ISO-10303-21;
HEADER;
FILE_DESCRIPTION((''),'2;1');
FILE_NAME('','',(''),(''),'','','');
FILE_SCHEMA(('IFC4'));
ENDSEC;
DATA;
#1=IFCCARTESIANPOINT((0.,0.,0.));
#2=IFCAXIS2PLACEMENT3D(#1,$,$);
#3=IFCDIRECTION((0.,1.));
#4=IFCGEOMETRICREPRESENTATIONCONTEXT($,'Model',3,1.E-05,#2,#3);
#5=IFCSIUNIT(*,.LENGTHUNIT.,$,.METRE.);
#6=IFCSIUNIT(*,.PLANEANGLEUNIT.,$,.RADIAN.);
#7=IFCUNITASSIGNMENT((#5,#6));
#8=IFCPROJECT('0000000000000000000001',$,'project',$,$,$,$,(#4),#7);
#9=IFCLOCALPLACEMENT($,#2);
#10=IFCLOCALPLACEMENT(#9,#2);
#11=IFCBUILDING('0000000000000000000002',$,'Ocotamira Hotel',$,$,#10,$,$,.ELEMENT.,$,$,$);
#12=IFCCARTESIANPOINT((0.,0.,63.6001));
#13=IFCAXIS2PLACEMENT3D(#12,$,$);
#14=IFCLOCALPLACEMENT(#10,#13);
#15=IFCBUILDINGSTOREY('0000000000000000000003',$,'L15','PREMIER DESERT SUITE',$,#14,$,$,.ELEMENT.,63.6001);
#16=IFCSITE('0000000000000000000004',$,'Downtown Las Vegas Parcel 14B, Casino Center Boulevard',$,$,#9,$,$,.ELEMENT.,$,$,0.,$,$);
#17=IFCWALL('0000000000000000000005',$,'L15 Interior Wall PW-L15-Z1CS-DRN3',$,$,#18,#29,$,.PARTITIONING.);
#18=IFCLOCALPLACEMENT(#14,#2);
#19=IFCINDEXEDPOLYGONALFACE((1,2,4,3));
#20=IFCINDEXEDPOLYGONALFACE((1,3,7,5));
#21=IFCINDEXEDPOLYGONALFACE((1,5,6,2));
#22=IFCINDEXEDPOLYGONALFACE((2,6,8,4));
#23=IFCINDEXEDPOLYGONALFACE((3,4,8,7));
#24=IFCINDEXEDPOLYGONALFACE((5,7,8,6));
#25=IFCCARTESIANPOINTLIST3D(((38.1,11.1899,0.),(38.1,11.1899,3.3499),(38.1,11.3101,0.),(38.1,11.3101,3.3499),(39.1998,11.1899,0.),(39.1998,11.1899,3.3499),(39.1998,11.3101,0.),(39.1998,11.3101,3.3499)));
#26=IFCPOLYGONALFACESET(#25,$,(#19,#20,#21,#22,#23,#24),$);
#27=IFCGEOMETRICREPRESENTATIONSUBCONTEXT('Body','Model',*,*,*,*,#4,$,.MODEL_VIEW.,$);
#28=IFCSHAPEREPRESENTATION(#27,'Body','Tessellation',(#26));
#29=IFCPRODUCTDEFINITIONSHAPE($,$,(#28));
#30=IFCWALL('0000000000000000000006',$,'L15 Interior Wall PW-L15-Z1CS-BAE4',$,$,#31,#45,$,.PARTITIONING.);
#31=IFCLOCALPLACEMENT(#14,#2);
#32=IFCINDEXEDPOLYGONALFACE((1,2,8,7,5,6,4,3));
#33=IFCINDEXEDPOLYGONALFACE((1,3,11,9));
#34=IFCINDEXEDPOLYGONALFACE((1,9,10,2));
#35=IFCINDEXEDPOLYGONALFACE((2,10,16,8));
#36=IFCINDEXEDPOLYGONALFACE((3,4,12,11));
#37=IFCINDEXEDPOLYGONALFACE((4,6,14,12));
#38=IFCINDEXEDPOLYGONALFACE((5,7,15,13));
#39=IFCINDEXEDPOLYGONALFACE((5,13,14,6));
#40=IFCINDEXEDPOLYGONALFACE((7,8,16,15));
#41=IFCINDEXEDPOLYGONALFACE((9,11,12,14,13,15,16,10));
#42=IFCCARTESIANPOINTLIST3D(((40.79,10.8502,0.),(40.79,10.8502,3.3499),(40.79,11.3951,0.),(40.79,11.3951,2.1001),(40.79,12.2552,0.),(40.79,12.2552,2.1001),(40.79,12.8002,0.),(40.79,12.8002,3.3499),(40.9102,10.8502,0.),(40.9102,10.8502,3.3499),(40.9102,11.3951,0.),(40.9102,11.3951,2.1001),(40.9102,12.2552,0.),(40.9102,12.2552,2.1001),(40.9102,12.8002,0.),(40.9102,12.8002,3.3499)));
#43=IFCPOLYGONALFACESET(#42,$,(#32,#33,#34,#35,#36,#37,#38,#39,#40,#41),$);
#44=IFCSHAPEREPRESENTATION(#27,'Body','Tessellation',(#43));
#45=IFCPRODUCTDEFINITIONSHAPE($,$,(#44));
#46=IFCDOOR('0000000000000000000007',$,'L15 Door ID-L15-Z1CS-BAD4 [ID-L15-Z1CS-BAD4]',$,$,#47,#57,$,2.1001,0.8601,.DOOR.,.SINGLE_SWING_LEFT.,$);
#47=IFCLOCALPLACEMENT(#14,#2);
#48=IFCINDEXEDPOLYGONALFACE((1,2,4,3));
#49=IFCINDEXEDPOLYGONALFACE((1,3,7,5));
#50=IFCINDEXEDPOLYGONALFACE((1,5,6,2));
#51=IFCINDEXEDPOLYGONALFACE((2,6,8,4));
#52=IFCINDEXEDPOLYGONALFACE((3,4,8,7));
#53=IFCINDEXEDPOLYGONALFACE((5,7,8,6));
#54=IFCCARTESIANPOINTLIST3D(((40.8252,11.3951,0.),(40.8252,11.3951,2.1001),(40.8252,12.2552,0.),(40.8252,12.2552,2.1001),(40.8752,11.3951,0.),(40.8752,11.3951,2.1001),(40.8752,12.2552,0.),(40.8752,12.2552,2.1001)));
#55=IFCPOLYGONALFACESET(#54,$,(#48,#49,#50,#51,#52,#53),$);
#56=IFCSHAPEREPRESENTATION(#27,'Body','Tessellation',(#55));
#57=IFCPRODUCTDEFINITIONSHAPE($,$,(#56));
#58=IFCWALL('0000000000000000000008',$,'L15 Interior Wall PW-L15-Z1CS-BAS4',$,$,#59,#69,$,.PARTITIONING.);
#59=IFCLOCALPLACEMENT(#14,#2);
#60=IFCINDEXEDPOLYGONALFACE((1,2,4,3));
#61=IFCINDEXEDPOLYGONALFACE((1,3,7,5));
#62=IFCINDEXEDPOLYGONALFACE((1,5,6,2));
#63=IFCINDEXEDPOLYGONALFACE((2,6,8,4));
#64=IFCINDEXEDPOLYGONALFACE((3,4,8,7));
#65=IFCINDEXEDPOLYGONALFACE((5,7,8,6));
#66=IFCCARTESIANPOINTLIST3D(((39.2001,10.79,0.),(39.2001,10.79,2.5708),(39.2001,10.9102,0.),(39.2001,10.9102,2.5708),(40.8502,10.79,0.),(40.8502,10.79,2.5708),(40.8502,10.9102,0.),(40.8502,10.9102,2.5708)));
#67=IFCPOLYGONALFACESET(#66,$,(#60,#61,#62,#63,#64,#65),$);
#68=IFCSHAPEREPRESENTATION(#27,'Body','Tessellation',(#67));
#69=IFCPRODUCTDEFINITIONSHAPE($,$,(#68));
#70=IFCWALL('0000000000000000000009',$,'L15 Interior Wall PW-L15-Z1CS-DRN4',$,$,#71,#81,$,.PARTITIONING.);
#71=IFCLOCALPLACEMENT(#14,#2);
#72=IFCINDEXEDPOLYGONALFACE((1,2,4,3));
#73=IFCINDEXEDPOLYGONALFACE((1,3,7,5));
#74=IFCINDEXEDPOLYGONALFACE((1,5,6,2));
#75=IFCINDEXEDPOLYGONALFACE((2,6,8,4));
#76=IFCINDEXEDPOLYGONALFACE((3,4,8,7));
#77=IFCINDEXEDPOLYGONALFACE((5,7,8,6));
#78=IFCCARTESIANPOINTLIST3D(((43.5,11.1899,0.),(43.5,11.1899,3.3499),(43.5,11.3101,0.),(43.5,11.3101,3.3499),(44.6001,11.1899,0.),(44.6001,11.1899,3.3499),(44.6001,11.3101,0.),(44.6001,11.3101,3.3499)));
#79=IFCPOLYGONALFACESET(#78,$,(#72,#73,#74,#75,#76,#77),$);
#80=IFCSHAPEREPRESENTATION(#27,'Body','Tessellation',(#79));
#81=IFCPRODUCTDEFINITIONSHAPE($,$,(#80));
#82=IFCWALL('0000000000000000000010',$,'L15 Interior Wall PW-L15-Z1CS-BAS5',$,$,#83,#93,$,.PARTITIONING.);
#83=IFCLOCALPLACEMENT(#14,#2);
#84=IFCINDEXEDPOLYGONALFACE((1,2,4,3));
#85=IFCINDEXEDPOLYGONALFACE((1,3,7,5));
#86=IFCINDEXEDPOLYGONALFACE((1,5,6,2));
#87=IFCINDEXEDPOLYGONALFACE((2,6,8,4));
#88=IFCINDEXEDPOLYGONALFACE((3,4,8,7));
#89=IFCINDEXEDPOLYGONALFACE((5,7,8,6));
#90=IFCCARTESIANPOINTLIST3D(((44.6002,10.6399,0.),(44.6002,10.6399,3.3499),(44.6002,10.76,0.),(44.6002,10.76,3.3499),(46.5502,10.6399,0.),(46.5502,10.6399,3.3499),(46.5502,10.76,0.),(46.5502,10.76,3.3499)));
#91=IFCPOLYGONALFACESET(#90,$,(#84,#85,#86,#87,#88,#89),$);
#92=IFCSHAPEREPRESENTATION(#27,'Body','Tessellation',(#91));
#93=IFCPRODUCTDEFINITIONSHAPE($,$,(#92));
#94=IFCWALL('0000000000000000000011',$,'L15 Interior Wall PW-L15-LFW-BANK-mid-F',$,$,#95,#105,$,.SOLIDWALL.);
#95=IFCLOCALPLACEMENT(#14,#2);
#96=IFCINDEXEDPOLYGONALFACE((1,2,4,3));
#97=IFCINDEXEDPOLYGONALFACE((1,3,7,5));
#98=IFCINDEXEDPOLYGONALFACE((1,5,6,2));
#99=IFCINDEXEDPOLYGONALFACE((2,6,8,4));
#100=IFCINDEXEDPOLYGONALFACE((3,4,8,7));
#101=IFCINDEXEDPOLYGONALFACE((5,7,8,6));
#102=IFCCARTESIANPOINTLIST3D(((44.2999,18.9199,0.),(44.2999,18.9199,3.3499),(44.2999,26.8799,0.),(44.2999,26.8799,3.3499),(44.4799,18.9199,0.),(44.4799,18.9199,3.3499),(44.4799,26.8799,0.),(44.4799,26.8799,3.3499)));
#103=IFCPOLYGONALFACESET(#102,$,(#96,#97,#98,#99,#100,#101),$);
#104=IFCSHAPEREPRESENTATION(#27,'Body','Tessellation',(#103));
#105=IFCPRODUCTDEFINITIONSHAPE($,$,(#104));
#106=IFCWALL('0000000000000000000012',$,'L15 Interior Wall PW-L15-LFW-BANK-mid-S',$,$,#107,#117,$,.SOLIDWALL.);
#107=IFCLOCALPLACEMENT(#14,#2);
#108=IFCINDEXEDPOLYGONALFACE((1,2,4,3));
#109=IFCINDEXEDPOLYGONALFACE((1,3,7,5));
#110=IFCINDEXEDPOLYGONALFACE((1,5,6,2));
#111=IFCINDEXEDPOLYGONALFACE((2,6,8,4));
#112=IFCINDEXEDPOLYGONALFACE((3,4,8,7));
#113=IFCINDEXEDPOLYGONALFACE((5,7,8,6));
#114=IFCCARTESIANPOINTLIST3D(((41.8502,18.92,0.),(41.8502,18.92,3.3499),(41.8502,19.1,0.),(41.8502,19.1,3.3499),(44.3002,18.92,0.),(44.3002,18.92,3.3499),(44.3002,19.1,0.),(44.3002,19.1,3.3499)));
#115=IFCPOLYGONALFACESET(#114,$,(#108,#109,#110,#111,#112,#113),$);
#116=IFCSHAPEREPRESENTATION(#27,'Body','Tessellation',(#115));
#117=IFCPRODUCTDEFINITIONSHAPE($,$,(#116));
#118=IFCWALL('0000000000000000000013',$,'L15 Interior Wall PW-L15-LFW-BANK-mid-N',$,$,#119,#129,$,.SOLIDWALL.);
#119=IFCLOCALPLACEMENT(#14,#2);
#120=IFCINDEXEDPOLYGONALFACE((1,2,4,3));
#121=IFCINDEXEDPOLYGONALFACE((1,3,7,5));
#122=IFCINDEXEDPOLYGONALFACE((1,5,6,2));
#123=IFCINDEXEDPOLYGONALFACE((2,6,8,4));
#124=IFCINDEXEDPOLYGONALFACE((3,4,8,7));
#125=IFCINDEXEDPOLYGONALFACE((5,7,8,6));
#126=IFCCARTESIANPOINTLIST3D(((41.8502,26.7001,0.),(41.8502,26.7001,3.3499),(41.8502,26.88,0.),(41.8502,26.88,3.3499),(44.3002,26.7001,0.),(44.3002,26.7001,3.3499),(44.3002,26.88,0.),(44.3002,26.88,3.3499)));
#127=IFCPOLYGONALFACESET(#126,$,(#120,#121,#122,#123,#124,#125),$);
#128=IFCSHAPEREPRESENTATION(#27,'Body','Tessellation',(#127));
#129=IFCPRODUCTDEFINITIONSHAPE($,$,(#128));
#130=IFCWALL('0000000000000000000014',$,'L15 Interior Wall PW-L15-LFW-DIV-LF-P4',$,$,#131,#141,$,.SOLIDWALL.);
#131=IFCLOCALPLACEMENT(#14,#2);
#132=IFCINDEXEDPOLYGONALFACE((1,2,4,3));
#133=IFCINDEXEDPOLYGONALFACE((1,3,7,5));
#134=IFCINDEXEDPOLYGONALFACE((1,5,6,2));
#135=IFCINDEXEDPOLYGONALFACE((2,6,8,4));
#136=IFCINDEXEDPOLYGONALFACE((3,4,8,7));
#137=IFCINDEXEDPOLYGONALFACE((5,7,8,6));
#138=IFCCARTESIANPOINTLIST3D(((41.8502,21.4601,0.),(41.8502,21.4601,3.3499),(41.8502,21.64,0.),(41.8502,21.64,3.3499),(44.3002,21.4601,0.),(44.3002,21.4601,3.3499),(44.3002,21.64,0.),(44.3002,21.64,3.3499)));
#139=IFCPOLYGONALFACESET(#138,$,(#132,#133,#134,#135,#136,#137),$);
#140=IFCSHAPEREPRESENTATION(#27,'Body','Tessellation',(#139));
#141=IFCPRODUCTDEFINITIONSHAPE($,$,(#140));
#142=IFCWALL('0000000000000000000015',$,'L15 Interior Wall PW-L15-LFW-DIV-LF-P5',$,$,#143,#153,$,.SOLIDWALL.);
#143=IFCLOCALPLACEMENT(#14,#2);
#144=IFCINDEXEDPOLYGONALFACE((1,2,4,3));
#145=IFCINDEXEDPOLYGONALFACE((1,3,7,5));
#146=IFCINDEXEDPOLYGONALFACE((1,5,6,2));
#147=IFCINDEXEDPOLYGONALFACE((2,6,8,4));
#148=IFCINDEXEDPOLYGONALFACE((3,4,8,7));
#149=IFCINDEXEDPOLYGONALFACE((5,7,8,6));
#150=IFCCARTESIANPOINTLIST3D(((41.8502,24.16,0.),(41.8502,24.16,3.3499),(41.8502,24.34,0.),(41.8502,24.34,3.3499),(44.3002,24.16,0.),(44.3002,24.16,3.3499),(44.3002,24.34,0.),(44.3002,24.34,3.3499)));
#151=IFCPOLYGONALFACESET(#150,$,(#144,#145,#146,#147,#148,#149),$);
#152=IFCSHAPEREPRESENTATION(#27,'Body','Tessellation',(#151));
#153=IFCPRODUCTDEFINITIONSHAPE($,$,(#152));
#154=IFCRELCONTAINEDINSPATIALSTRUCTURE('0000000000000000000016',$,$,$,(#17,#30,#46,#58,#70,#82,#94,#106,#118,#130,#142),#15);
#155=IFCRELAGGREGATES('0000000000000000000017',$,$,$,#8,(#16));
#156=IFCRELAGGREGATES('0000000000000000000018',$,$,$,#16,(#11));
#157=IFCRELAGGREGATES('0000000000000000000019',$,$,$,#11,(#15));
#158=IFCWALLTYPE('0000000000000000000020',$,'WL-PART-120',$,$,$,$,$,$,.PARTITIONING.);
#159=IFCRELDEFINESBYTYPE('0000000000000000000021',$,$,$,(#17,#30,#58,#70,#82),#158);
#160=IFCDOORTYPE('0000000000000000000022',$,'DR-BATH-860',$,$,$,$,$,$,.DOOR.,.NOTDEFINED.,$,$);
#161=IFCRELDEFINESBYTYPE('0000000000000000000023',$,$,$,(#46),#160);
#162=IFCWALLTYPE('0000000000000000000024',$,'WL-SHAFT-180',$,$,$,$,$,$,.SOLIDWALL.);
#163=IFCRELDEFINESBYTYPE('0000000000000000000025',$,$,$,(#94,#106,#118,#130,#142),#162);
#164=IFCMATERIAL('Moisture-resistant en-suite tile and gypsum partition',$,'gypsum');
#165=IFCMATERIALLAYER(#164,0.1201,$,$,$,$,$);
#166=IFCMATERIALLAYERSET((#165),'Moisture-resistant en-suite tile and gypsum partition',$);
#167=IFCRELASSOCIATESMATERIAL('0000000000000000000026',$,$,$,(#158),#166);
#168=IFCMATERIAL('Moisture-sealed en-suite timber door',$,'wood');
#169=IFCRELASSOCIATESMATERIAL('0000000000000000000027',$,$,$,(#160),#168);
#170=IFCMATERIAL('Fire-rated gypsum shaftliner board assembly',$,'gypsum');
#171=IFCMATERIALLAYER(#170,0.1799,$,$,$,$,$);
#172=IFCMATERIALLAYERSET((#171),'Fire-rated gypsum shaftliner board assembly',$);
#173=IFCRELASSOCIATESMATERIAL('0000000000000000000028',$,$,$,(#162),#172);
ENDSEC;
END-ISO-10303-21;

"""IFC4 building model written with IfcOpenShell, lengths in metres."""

from ifc_helpers import new_model, si_unit, direction, frame, frame_2d, origin, place, context, subcontext, project, spatial, rectangle, extrude, source, transform, mapped, material, layer, layer_set, type_object, element, fill, save


model = new_model("IFC4")

# Units and contexts
model_context = context("Model", 3, precision=1e-05, world=origin(), true_north=direction((0.0, 1.0)))
body_context = subcontext(model_context, "Body", "Model", "MODEL_VIEW")
ifc_project = project(units=[si_unit("LENGTHUNIT", "METRE"), si_unit("PLANEANGLEUNIT", "RADIAN")], contexts=[model_context])

# Site, building, storey
site_placement = place(None, origin())
site = spatial("IfcSite", under=ifc_project, at=site_placement, Name="Downtown Las Vegas Parcel 14B, Casino Center Boulevard", CompositionType="ELEMENT", RefElevation=0.0)
building_placement = place(site_placement, origin())
building = spatial("IfcBuilding", under=site, at=building_placement, Name="Ocotamira Hotel", CompositionType="ELEMENT")
storey_placement = place(building_placement, frame((0.0, 0.0, 63.6001)))
storey = spatial("IfcBuildingStorey", under=building, at=storey_placement, Name="L15", Description="PREMIER DESERT SUITE", CompositionType="ELEMENT", Elevation=63.6001)

# Shared definitions
ifc_material_1 = material(Name="Moisture-resistant en-suite tile and gypsum partition", Category="gypsum")
ifc_layer_1 = layer(ifc_material_1, 0.1201)
ifc_layer_set_1 = layer_set([ifc_layer_1], Name="Moisture-resistant en-suite tile and gypsum partition")
wall_type_1 = type_object("IfcWallType", Name="WL-PART-120", PredefinedType="PARTITIONING", material=ifc_layer_set_1)

# Shared definitions
ifc_material_2 = material(Name="Moisture-sealed en-suite timber door", Category="wood")
door_type_1 = type_object("IfcDoorType", Name="DR-BATH-860", OperationType="NOTDEFINED", PredefinedType="DOOR", material=ifc_material_2)
shared_shape_1 = source(origin(), body_context, "Body", "SweptSolid", [
    extrude(rectangle(XDim=0.8601, YDim=2.1001, at=frame_2d((0.4302, 1.05))), frame((0.0, 0.0249, 0.0), z_axis=(0.0, -1.0, 0.0), x_axis=(1.0, 0.0, 0.0)), (0.0, 0.0, 1.0), 0.05),
])

# Wall
wall_1_placement = place(storey_placement, frame((38.1001, 11.25, 0.0), z_axis=(0.0, 0.0, 1.0), x_axis=(1.0, 0.0, 0.0)))
element("IfcWall", 1, at=wall_1_placement, inside=storey, type_object=wall_type_1, Name="L15 Interior Wall PW-L15-Z1CS-DRN3", PredefinedType="PARTITIONING", context=body_context, shape_type="SweptSolid", body=[
    extrude(rectangle(XDim=1.0999, YDim=0.1201, at=frame_2d((0.5498, 0.0))), origin(), (0.0, 0.0, 1.0), 3.3499),
])

# Wall, opening, door
wall_2_placement = place(storey_placement, frame((40.8501, 10.8501, 0.0), z_axis=(0.0, 0.0, 1.0), x_axis=(0.0, 1.0, 0.0)))
wall_2 = element("IfcWall", 2, at=wall_2_placement, inside=storey, type_object=wall_type_1, Name="L15 Interior Wall PW-L15-Z1CS-BAE4", PredefinedType="PARTITIONING", context=body_context, shape_type="SweptSolid", body=[
    extrude(rectangle(XDim=1.95, YDim=0.1201, at=frame_2d((0.9751, 0.0))), origin(), (0.0, 0.0, 1.0), 3.3499),
])
opening_1_placement = place(wall_2_placement, frame((0.5449, 0.0, 0.0)))
opening_1 = element("IfcOpeningElement", 3, at=opening_1_placement, cuts=wall_2, PredefinedType="OPENING", context=body_context, shape_type="SweptSolid", body=[
    extrude(rectangle(XDim=0.8601, YDim=2.1001, at=frame_2d((0.4302, 1.05))), frame((0.0, 0.0701, 0.0), z_axis=(0.0, -1.0, 0.0), x_axis=(1.0, 0.0, 0.0)), (0.0, 0.0, 1.0), 0.1401),
])
door_1_placement = place(opening_1_placement, origin())
door_1 = element("IfcDoor", 4, at=door_1_placement, inside=storey, type_object=door_type_1, Name="L15 Door ID-L15-Z1CS-BAD4 [ID-L15-Z1CS-BAD4]", OperationType="SINGLE_SWING_LEFT", OverallHeight=2.1001, OverallWidth=0.8601, PredefinedType="DOOR", context=body_context, shape_type="MappedRepresentation", body=[
    mapped(shared_shape_1, transform((0.0, 0.0, 0.0), scale=1.0)),
])
fill(opening_1, door_1)

# Walls
wall_3_placement = place(storey_placement, frame((39.2, 10.8501, 0.0), z_axis=(0.0, 0.0, 1.0), x_axis=(1.0, 0.0, 0.0)))
element("IfcWall", 5, at=wall_3_placement, inside=storey, type_object=wall_type_1, Name="L15 Interior Wall PW-L15-Z1CS-BAS4", PredefinedType="PARTITIONING", context=body_context, shape_type="SweptSolid", body=[
    extrude(rectangle(XDim=1.6501, YDim=0.1201, at=frame_2d((0.8252, 0.0))), origin(), (0.0, 0.0, 1.0), 2.5708),
])
wall_4_placement = place(storey_placement, frame((43.5, 11.25, 0.0), z_axis=(0.0, 0.0, 1.0), x_axis=(1.0, 0.0, 0.0)))
element("IfcWall", 6, at=wall_4_placement, inside=storey, type_object=wall_type_1, Name="L15 Interior Wall PW-L15-Z1CS-DRN4", PredefinedType="PARTITIONING", context=body_context, shape_type="SweptSolid", body=[
    extrude(rectangle(XDim=1.1001, YDim=0.1201, at=frame_2d((0.55, 0.0))), origin(), (0.0, 0.0, 1.0), 3.3499),
])
wall_5_placement = place(storey_placement, frame((44.6001, 10.7, 0.0), z_axis=(0.0, 0.0, 1.0), x_axis=(1.0, 0.0, 0.0)))
element("IfcWall", 7, at=wall_5_placement, inside=storey, type_object=wall_type_1, Name="L15 Interior Wall PW-L15-Z1CS-BAS5", PredefinedType="PARTITIONING", context=body_context, shape_type="SweptSolid", body=[
    extrude(rectangle(XDim=1.95, YDim=0.1201, at=frame_2d((0.9751, 0.0))), origin(), (0.0, 0.0, 1.0), 3.3499),
])
ifc_material_3 = material(Name="Fire-rated gypsum shaftliner board assembly", Category="gypsum")
ifc_layer_2 = layer(ifc_material_3, 0.1799)
ifc_layer_set_2 = layer_set([ifc_layer_2], Name="Fire-rated gypsum shaftliner board assembly")
wall_type_2 = type_object("IfcWallType", Name="WL-SHAFT-180", PredefinedType="SOLIDWALL", material=ifc_layer_set_2)
wall_6_placement = place(storey_placement, frame((44.3899, 18.9199, 0.0), z_axis=(0.0, 0.0, 1.0), x_axis=(0.0, 1.0, 0.0)))
element("IfcWall", 8, at=wall_6_placement, inside=storey, type_object=wall_type_2, Name="L15 Interior Wall PW-L15-LFW-BANK-mid-F", PredefinedType="SOLIDWALL", context=body_context, shape_type="SweptSolid", body=[
    extrude(rectangle(XDim=7.96, YDim=0.1799, at=frame_2d((3.98, 0.0))), origin(), (0.0, 0.0, 1.0), 3.3499),
])
for number, where, z_axis, x_axis, name in (
    (9, (41.8501, 19.01, 0.0), (0.0, 0.0, 1.0), (1.0, 0.0, 0.0), "L15 Interior Wall PW-L15-LFW-BANK-mid-S"),
    (10, (41.8501, 26.79, 0.0), (0.0, 0.0, 1.0), (1.0, 0.0, 0.0), "L15 Interior Wall PW-L15-LFW-BANK-mid-N"),
    (11, (41.8501, 21.55, 0.0), (0.0, 0.0, 1.0), (1.0, 0.0, 0.0), "L15 Interior Wall PW-L15-LFW-DIV-LF-P4"),
    (12, (41.8501, 24.25, 0.0), (0.0, 0.0, 1.0), (1.0, 0.0, 0.0), "L15 Interior Wall PW-L15-LFW-DIV-LF-P5"),
):
    element("IfcWall", number, at=place(storey_placement, frame(where, z_axis=z_axis, x_axis=x_axis)), inside=storey, type_object=wall_type_2, Name=name, PredefinedType="SOLIDWALL", context=body_context, shape_type="SweptSolid", body=[
        extrude(rectangle(XDim=2.45, YDim=0.1799, at=frame_2d((1.2251, 0.0))), origin(), (0.0, 0.0, 1.0), 3.3499),
    ])

save(model, "model.ifc")
